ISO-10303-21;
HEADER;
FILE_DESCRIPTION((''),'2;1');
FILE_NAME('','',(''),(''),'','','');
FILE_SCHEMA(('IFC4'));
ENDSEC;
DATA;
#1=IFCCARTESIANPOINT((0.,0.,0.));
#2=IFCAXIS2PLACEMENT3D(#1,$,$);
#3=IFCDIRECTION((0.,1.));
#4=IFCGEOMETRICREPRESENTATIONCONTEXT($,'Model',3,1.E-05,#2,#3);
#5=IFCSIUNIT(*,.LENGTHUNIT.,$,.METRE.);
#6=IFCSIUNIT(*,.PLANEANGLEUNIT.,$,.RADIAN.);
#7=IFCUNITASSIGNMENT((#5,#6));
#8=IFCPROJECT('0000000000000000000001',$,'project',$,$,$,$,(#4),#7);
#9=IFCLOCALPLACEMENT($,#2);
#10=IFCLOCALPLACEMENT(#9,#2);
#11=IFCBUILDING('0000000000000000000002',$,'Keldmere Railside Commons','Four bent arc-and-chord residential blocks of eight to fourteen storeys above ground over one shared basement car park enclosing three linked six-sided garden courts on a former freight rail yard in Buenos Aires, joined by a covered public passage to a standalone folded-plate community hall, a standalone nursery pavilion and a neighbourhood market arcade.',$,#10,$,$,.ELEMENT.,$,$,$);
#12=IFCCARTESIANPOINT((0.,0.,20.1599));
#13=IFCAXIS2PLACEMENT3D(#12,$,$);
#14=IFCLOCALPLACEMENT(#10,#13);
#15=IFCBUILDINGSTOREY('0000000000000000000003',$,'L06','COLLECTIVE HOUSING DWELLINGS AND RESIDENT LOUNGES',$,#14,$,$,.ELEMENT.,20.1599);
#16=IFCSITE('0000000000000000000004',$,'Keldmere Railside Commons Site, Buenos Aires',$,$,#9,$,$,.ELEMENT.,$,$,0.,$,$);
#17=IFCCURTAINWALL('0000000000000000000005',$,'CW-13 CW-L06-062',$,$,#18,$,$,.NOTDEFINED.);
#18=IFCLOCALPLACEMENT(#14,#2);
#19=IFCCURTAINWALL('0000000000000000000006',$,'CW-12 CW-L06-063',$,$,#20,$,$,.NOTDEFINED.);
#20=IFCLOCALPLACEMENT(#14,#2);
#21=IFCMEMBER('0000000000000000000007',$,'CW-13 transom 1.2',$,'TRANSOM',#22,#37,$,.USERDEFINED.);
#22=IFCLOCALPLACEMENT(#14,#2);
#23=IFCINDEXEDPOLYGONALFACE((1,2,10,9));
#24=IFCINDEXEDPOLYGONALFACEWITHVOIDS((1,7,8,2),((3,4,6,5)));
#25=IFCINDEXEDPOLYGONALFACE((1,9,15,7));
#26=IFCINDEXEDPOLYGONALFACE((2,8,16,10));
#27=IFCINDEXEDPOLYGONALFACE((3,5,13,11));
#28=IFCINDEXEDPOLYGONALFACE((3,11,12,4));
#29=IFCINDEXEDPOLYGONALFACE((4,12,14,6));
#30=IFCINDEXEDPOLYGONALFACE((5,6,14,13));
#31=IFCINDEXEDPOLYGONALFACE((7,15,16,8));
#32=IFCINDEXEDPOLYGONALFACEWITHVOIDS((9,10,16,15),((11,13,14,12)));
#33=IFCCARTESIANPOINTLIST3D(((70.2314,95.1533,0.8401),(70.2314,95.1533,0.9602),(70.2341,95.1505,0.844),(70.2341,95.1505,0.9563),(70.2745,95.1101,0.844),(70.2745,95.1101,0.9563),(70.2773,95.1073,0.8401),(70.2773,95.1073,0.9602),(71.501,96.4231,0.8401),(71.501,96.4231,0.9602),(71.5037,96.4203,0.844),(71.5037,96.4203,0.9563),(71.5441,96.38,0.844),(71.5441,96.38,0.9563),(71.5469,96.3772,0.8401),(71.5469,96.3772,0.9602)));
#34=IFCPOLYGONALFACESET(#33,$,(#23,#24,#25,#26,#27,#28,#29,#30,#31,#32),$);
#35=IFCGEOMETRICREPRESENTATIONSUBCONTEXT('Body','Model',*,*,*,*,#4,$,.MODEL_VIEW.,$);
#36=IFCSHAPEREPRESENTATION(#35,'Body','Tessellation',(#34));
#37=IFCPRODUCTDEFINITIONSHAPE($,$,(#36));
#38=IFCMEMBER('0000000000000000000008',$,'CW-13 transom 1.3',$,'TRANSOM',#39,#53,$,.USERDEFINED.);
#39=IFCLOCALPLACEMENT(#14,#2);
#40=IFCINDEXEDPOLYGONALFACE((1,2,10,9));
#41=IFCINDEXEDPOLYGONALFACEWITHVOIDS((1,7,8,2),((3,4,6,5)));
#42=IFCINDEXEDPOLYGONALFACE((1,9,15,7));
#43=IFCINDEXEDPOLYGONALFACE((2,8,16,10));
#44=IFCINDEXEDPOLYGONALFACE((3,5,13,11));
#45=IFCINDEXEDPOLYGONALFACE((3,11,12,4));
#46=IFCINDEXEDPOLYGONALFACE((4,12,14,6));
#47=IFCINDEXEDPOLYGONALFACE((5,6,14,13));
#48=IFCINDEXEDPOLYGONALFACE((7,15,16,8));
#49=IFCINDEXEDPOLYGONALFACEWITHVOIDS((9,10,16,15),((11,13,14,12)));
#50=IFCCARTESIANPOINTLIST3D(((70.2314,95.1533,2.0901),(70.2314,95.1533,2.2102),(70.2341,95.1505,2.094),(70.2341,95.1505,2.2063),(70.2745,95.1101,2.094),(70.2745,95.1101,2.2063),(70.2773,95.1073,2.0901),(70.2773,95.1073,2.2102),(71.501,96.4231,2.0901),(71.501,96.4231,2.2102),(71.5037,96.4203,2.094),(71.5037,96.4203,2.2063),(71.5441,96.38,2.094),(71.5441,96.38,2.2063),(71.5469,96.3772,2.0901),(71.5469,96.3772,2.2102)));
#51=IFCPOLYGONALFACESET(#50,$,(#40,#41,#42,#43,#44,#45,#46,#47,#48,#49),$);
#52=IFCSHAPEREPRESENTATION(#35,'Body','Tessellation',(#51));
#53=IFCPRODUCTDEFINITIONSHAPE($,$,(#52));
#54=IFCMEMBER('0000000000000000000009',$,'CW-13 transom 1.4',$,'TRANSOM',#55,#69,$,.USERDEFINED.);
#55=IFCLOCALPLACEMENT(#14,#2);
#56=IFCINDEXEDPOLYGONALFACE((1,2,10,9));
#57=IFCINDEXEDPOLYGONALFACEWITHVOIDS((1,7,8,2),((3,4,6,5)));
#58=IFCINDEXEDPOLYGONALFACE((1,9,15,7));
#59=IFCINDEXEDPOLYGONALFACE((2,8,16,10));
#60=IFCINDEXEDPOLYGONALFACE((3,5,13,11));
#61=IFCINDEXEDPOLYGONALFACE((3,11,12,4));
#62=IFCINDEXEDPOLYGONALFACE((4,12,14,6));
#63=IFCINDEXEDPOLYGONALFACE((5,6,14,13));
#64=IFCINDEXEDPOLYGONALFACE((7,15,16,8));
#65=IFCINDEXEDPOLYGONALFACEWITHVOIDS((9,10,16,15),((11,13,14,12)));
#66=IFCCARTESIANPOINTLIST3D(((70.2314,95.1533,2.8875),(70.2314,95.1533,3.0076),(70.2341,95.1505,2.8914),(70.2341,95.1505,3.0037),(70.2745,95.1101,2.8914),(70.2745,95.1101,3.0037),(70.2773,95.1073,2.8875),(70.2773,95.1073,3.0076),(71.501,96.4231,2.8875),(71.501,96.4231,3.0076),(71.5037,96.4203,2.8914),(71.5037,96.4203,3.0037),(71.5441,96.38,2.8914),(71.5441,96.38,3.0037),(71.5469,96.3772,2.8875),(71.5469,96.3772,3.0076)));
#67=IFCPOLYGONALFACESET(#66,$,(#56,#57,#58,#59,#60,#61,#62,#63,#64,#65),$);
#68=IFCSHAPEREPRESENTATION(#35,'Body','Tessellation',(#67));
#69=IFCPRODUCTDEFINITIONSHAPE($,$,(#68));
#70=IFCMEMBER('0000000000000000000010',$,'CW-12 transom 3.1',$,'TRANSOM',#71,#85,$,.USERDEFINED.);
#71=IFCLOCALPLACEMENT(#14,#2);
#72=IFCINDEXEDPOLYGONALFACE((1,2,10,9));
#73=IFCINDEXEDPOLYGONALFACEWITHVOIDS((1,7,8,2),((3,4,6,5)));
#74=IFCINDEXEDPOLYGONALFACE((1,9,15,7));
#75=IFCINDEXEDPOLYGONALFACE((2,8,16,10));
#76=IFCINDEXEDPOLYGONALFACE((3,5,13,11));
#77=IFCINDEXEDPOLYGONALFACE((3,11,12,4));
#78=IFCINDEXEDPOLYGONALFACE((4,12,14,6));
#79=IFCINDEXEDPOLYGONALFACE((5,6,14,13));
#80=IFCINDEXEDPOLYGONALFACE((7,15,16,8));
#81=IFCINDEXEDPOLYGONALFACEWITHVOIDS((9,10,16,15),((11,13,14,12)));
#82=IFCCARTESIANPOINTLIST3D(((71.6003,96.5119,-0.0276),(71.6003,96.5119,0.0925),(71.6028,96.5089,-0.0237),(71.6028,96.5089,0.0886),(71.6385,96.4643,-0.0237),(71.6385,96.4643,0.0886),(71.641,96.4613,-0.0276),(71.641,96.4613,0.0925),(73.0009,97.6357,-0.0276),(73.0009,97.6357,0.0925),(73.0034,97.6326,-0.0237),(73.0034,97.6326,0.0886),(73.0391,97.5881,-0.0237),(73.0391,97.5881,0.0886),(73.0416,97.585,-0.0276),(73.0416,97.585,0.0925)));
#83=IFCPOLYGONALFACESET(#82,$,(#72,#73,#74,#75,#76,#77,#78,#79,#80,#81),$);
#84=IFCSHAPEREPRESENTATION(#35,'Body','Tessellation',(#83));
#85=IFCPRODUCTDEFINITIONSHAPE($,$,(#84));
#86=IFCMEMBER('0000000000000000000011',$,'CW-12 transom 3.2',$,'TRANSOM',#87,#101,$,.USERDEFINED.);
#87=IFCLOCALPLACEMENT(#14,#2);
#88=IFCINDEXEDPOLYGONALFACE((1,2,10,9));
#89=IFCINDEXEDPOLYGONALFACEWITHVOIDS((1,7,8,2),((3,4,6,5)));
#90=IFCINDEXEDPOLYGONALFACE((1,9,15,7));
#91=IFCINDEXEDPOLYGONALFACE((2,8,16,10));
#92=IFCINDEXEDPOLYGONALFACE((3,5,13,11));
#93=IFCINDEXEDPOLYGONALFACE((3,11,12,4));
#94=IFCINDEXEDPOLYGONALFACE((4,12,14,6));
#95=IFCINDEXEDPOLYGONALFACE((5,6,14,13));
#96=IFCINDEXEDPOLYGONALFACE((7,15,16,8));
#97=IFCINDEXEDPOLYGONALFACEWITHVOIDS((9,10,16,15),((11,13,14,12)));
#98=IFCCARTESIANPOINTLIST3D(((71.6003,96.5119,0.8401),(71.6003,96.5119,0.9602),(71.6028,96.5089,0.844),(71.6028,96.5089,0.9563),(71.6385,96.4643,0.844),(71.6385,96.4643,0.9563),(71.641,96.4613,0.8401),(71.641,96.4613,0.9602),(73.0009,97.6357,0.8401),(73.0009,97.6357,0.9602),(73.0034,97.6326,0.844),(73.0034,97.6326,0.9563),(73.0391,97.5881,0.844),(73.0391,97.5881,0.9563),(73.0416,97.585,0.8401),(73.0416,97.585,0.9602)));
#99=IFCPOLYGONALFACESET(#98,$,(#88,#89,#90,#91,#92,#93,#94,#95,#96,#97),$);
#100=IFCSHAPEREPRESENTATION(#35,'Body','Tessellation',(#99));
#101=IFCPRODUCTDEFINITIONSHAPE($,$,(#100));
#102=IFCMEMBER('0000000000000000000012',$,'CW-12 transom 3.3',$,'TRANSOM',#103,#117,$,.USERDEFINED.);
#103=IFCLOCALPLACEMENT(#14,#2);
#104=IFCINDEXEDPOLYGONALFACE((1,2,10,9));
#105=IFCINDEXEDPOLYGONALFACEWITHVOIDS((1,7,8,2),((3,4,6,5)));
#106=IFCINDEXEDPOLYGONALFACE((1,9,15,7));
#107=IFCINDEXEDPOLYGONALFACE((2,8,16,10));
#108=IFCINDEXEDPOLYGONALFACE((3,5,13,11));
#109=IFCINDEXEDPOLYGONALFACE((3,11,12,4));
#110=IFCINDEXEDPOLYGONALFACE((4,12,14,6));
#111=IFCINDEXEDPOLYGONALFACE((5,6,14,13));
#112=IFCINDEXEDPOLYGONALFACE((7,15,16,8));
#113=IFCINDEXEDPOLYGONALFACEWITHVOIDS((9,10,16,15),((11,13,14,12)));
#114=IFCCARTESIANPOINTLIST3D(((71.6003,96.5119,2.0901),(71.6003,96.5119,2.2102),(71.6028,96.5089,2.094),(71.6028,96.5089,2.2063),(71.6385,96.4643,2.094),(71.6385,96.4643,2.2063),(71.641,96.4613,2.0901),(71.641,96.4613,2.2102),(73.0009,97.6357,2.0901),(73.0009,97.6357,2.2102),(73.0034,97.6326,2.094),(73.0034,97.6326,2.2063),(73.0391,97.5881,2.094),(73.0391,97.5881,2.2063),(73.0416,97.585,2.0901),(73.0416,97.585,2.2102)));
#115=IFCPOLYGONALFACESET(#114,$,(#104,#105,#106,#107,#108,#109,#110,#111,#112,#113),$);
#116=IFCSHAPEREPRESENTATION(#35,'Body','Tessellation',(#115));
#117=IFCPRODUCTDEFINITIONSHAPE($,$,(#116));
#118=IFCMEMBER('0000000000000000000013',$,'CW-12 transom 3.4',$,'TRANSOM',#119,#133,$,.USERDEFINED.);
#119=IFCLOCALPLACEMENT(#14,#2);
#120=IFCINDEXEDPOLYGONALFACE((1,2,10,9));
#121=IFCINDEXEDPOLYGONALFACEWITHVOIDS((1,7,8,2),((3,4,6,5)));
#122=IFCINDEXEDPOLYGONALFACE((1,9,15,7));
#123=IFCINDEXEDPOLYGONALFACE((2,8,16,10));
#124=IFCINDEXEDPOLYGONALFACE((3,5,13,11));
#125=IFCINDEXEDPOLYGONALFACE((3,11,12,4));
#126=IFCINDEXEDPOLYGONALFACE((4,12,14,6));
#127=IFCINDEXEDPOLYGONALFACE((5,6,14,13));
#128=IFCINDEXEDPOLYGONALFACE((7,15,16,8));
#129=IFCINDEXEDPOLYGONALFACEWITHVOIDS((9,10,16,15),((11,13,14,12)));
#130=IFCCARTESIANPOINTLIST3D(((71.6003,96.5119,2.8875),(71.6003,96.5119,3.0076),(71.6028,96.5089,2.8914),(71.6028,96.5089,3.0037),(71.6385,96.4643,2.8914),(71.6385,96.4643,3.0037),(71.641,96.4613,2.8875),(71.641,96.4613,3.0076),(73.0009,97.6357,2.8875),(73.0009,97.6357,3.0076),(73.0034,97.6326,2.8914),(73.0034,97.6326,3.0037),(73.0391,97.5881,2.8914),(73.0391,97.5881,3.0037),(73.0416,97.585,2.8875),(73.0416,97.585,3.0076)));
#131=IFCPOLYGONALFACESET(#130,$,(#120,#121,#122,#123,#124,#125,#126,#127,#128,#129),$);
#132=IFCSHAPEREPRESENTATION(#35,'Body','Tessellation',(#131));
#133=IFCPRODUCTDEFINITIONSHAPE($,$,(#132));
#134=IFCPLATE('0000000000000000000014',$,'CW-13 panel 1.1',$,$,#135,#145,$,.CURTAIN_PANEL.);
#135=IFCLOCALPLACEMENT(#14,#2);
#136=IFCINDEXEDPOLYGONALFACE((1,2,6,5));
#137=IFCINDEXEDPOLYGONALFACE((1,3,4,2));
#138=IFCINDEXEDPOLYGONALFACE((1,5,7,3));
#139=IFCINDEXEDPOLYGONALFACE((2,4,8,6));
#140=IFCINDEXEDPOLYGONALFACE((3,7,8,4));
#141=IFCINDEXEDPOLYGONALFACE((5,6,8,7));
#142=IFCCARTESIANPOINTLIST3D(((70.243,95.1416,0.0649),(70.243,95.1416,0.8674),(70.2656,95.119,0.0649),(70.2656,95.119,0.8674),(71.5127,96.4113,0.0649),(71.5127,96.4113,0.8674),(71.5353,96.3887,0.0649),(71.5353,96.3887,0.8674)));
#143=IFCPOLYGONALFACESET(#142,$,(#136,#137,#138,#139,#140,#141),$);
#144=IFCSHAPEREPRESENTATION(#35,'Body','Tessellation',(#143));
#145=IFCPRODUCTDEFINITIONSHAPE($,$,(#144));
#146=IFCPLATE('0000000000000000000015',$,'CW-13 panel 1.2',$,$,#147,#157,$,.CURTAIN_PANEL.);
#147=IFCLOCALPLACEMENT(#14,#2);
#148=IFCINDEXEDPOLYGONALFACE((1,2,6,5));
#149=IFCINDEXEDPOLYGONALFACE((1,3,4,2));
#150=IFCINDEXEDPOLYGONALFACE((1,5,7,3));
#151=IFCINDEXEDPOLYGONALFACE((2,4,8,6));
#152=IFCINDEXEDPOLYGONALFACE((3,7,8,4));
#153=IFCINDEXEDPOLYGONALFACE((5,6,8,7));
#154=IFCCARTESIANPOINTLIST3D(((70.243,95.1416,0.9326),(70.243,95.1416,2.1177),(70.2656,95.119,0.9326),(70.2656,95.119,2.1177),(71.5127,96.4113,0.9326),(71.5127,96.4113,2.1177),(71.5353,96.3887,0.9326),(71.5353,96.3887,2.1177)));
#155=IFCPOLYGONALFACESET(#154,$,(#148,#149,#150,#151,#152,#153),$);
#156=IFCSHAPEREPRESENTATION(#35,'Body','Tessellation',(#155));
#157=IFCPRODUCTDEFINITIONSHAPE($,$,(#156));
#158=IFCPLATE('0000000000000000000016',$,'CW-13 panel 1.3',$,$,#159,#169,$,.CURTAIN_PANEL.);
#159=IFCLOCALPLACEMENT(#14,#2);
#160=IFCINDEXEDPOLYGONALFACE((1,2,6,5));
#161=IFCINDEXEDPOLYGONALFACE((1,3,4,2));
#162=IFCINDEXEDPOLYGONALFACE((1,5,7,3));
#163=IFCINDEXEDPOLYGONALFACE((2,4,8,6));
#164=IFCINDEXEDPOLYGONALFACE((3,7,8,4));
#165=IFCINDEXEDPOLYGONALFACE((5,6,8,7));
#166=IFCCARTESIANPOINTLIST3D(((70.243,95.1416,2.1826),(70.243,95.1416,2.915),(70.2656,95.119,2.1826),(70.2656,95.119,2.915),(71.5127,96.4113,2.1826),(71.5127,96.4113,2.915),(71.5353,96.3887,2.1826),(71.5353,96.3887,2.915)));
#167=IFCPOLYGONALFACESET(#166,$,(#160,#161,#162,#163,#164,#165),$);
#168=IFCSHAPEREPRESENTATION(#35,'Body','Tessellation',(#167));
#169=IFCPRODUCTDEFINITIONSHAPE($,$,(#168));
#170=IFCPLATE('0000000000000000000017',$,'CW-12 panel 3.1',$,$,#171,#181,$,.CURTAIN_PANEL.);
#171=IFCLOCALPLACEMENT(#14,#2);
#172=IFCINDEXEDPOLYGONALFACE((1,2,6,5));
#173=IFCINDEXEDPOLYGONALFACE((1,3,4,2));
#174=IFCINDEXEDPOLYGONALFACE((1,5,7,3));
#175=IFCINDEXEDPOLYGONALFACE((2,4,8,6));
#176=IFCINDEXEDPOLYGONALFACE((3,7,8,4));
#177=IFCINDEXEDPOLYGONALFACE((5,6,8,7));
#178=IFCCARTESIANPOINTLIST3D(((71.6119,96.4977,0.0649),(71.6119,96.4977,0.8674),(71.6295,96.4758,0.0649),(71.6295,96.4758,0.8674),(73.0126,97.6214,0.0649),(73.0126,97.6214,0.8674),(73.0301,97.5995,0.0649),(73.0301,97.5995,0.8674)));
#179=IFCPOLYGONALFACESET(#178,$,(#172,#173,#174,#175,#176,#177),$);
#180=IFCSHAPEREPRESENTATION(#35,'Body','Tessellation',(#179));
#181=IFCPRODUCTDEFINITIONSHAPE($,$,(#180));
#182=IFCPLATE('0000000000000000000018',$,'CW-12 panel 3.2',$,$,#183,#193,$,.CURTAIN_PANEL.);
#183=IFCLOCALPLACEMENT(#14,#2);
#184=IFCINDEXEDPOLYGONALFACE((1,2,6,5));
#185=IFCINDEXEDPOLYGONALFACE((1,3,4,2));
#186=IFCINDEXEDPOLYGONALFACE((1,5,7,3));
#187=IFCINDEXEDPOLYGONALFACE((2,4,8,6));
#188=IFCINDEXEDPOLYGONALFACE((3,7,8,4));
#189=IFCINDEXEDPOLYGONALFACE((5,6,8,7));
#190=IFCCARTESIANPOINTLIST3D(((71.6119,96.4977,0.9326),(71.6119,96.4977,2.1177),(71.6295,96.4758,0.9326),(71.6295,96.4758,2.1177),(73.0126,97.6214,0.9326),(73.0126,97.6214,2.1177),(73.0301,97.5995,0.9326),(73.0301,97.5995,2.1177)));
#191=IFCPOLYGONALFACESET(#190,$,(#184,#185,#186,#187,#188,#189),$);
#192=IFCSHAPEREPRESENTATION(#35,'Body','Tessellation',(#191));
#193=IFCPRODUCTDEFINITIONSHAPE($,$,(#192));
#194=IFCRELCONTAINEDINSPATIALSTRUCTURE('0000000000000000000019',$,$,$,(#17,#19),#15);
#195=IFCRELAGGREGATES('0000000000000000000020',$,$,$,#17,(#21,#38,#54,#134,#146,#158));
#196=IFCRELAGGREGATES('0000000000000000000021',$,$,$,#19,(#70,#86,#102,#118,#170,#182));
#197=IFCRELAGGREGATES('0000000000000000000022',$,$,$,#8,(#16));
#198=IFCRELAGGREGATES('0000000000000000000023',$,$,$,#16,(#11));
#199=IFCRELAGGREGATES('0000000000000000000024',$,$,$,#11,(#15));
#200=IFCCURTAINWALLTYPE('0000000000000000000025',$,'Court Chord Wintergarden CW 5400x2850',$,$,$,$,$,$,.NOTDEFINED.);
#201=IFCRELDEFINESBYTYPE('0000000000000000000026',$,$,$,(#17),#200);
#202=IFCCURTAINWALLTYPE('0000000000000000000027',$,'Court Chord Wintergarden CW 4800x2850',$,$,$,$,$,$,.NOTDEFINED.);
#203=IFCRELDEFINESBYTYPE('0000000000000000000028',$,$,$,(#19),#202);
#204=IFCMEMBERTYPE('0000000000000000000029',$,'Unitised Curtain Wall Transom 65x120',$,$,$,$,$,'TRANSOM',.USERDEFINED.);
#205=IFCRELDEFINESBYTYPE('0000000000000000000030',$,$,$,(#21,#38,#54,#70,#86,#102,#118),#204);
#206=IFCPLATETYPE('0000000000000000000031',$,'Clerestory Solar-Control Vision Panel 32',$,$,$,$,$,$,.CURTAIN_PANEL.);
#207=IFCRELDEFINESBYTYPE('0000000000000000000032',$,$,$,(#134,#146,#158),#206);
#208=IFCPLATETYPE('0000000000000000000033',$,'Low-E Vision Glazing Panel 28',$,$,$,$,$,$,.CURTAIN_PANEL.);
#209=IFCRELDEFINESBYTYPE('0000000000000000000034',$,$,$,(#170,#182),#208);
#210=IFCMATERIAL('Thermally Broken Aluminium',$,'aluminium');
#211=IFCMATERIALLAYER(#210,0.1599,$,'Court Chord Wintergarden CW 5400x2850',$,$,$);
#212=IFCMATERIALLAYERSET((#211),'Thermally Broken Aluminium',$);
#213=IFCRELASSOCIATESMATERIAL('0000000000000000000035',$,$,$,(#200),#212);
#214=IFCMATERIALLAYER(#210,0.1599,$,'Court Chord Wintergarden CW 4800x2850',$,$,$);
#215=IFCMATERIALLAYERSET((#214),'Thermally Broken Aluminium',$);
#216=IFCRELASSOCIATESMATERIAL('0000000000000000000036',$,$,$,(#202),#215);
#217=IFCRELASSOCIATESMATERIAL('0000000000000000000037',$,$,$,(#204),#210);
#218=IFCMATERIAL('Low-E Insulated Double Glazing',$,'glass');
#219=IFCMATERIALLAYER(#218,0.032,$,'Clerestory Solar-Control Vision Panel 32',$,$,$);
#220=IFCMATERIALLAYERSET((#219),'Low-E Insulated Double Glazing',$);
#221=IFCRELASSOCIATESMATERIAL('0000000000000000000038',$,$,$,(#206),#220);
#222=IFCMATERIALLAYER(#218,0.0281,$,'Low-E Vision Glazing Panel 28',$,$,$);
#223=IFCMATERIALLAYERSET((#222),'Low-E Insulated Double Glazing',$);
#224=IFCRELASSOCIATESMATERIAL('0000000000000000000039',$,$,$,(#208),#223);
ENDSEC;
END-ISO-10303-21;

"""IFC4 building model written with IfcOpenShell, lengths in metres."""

from ifc_helpers import new_model, si_unit, direction, frame, origin, origin_2d, place, context, subcontext, project, spatial, rectangle, hollow_rectangle, extrude, material, layer, layer_set, material_profile, profile_set, type_object, element, aggregate, save


model = new_model("IFC4")

# Units and contexts
model_context = context("Model", 3, precision=1e-05, world=origin(), true_north=direction((0.0, 1.0)))
body_context = subcontext(model_context, "Body", "Model", "MODEL_VIEW")
ifc_project = project(units=[si_unit("LENGTHUNIT", "METRE"), si_unit("PLANEANGLEUNIT", "RADIAN")], contexts=[model_context])

# Site, building, storey
site_placement = place(None, origin())
site = spatial("IfcSite", under=ifc_project, at=site_placement, Name="Keldmere Railside Commons Site, Buenos Aires", CompositionType="ELEMENT", RefElevation=0.0)
building_placement = place(site_placement, origin())
building = spatial("IfcBuilding", under=site, at=building_placement, Name="Keldmere Railside Commons", Description="Four bent arc-and-chord residential blocks of eight to fourteen storeys above ground over one shared basement car park enclosing three linked six-sided garden courts on a former freight rail yard in Buenos Aires, joined by a covered public passage to a standalone folded-plate community hall, a standalone nursery pavilion and a neighbourhood market arcade.", CompositionType="ELEMENT")
storey_placement = place(building_placement, frame((0.0, 0.0, 20.1599)))
storey = spatial("IfcBuildingStorey", under=building, at=storey_placement, Name="L06", Description="COLLECTIVE HOUSING DWELLINGS AND RESIDENT LOUNGES", CompositionType="ELEMENT", Elevation=20.1599)

# Curtain wall
ifc_material_1 = material(Name="Thermally Broken Aluminium", Category="aluminium")
ifc_layer_1 = layer(ifc_material_1, 0.1599, Name="Court Chord Wintergarden CW 5400x2850")
ifc_layer_set_1 = layer_set([ifc_layer_1], Name="Thermally Broken Aluminium")
curtain_wall_type_1 = type_object("IfcCurtainWallType", Name="Court Chord Wintergarden CW 5400x2850", PredefinedType="NOTDEFINED", material=ifc_layer_set_1)
curtain_wall_1_placement = place(storey_placement, origin())
curtain_wall_1 = element("IfcCurtainWall", 1, at=curtain_wall_1_placement, inside=storey, type_object=curtain_wall_type_1, Name="CW-13 CW-L06-062", PredefinedType="NOTDEFINED")

# Curtain wall
ifc_layer_2 = layer(ifc_material_1, 0.1599, Name="Court Chord Wintergarden CW 4800x2850")
ifc_layer_set_2 = layer_set([ifc_layer_2], Name="Thermally Broken Aluminium")
curtain_wall_type_2 = type_object("IfcCurtainWallType", Name="Court Chord Wintergarden CW 4800x2850", PredefinedType="NOTDEFINED", material=ifc_layer_set_2)
curtain_wall_2_placement = place(storey_placement, origin())
curtain_wall_2 = element("IfcCurtainWall", 2, at=curtain_wall_2_placement, inside=storey, type_object=curtain_wall_type_2, Name="CW-12 CW-L06-063", PredefinedType="NOTDEFINED")

# Members
ifc_material_profile_1 = material_profile(ifc_material_1, hollow_rectangle(XDim=0.0649, YDim=0.1201, WallThickness=0.0039, at=origin_2d()), Name="ALU-TRAN-65x120")
ifc_profile_set_1 = profile_set([ifc_material_profile_1], Name="Thermally Broken Aluminium")
member_type_1 = type_object("IfcMemberType", Name="Unitised Curtain Wall Transom 65x120", ElementType="TRANSOM", PredefinedType="USERDEFINED", material=ifc_profile_set_1)
member_1_placement = place(storey_placement, frame((71.5239, 96.4001, 0.9001), z_axis=(-0.707039, -0.707175, 0.0), x_axis=(0.707175, -0.707039, 0.0)))
member_1 = element("IfcMember", 3, at=member_1_placement, type_object=member_type_1, Name="CW-13 transom 1.2", ObjectType="TRANSOM", PredefinedType="USERDEFINED", context=body_context, shape_type="SweptSolid", body=[
    extrude(hollow_rectangle(XDim=0.0649, YDim=0.1201, WallThickness=0.0039, at=origin_2d()), origin(), (0.0, 0.0, 1.0), 1.7957),
])
member_2_placement = place(storey_placement, frame((71.5239, 96.4001, 2.1501), z_axis=(-0.707039, -0.707175, 0.0), x_axis=(0.707175, -0.707039, 0.0)))
member_2 = element("IfcMember", 4, at=member_2_placement, type_object=member_type_1, Name="CW-13 transom 1.3", ObjectType="TRANSOM", PredefinedType="USERDEFINED", context=body_context, shape_type="SweptSolid", body=[
    extrude(hollow_rectangle(XDim=0.0649, YDim=0.1201, WallThickness=0.0039, at=origin_2d()), origin(), (0.0, 0.0, 1.0), 1.7957),
])
member_3_placement = place(storey_placement, frame((71.5239, 96.4001, 2.9475), z_axis=(-0.707039, -0.707175, 0.0), x_axis=(0.707175, -0.707039, 0.0)))
member_3 = element("IfcMember", 5, at=member_3_placement, type_object=member_type_1, Name="CW-13 transom 1.4", ObjectType="TRANSOM", PredefinedType="USERDEFINED", context=body_context, shape_type="SweptSolid", body=[
    extrude(hollow_rectangle(XDim=0.0649, YDim=0.1201, WallThickness=0.0039, at=origin_2d()), origin(), (0.0, 0.0, 1.0), 1.7957),
])
member_4_placement = place(storey_placement, frame((73.0212, 97.6104, 0.0325), z_axis=(-0.779979, -0.625805, 0.0), x_axis=(0.625805, -0.779979, 0.0)))
member_4 = element("IfcMember", 6, at=member_4_placement, type_object=member_type_1, Name="CW-12 transom 3.1", ObjectType="TRANSOM", PredefinedType="USERDEFINED", context=body_context, shape_type="SweptSolid", body=[
    extrude(hollow_rectangle(XDim=0.0649, YDim=0.1201, WallThickness=0.0039, at=origin_2d()), origin(), (0.0, 0.0, 1.0), 1.7957),
])
member_5_placement = place(storey_placement, frame((73.0212, 97.6104, 0.9001), z_axis=(-0.779979, -0.625805, 0.0), x_axis=(0.625805, -0.779979, 0.0)))
member_5 = element("IfcMember", 7, at=member_5_placement, type_object=member_type_1, Name="CW-12 transom 3.2", ObjectType="TRANSOM", PredefinedType="USERDEFINED", context=body_context, shape_type="SweptSolid", body=[
    extrude(hollow_rectangle(XDim=0.0649, YDim=0.1201, WallThickness=0.0039, at=origin_2d()), origin(), (0.0, 0.0, 1.0), 1.7957),
])
member_6_placement = place(storey_placement, frame((73.0212, 97.6104, 2.1501), z_axis=(-0.779979, -0.625805, 0.0), x_axis=(0.625805, -0.779979, 0.0)))
member_6 = element("IfcMember", 8, at=member_6_placement, type_object=member_type_1, Name="CW-12 transom 3.3", ObjectType="TRANSOM", PredefinedType="USERDEFINED", context=body_context, shape_type="SweptSolid", body=[
    extrude(hollow_rectangle(XDim=0.0649, YDim=0.1201, WallThickness=0.0039, at=origin_2d()), origin(), (0.0, 0.0, 1.0), 1.7957),
])
member_7_placement = place(storey_placement, frame((73.0212, 97.6104, 2.9475), z_axis=(-0.779979, -0.625805, 0.0), x_axis=(0.625805, -0.779979, 0.0)))
member_7 = element("IfcMember", 9, at=member_7_placement, type_object=member_type_1, Name="CW-12 transom 3.4", ObjectType="TRANSOM", PredefinedType="USERDEFINED", context=body_context, shape_type="SweptSolid", body=[
    extrude(hollow_rectangle(XDim=0.0649, YDim=0.1201, WallThickness=0.0039, at=origin_2d()), origin(), (0.0, 0.0, 1.0), 1.7957),
])

# Plates
ifc_material_2 = material(Name="Low-E Insulated Double Glazing", Category="glass")
ifc_layer_3 = layer(ifc_material_2, 0.032, Name="Clerestory Solar-Control Vision Panel 32")
ifc_layer_set_3 = layer_set([ifc_layer_3], Name="Low-E Insulated Double Glazing")
plate_type_1 = type_object("IfcPlateType", Name="Clerestory Solar-Control Vision Panel 32", PredefinedType="CURTAIN_PANEL", material=ifc_layer_set_3)
plate_1_placement = place(storey_placement, frame((70.8892, 95.7651, 0.0649), z_axis=(0.0, 0.0, 1.0), x_axis=(-0.707107, -0.707107, 0.0)))
plate_1 = element("IfcPlate", 10, at=plate_1_placement, type_object=plate_type_1, Name="CW-13 panel 1.1", PredefinedType="CURTAIN_PANEL", context=body_context, shape_type="SweptSolid", body=[
    extrude(rectangle(XDim=1.7957, YDim=0.032, at=origin_2d()), origin(), (0.0, 0.0, 1.0), 0.8025),
])
plate_2_placement = place(storey_placement, frame((70.8892, 95.7651, 0.9326), z_axis=(0.0, 0.0, 1.0), x_axis=(-0.707107, -0.707107, 0.0)))
plate_2 = element("IfcPlate", 11, at=plate_2_placement, type_object=plate_type_1, Name="CW-13 panel 1.2", PredefinedType="CURTAIN_PANEL", context=body_context, shape_type="SweptSolid", body=[
    extrude(rectangle(XDim=1.7957, YDim=0.032, at=origin_2d()), origin(), (0.0, 0.0, 1.0), 1.1851),
])
plate_3_placement = place(storey_placement, frame((70.8892, 95.7651, 2.1826), z_axis=(0.0, 0.0, 1.0), x_axis=(-0.707107, -0.707107, 0.0)))
plate_3 = element("IfcPlate", 12, at=plate_3_placement, type_object=plate_type_1, Name="CW-13 panel 1.3", PredefinedType="CURTAIN_PANEL", context=body_context, shape_type="SweptSolid", body=[
    extrude(rectangle(XDim=1.7957, YDim=0.032, at=origin_2d()), origin(), (0.0, 0.0, 1.0), 0.7324),
])
aggregate(curtain_wall_1, [member_1, member_2, member_3, plate_1, plate_2, plate_3])
ifc_layer_4 = layer(ifc_material_2, 0.0281, Name="Low-E Vision Glazing Panel 28")
ifc_layer_set_4 = layer_set([ifc_layer_4], Name="Low-E Insulated Double Glazing")
plate_type_2 = type_object("IfcPlateType", Name="Low-E Vision Glazing Panel 28", PredefinedType="CURTAIN_PANEL", material=ifc_layer_set_4)
plate_4_placement = place(storey_placement, frame((72.321, 97.0486, 0.0649), z_axis=(0.0, 0.0, 1.0), x_axis=(-0.780009, -0.625768, 0.0)))
plate_4 = element("IfcPlate", 13, at=plate_4_placement, type_object=plate_type_2, Name="CW-12 panel 3.1", PredefinedType="CURTAIN_PANEL", context=body_context, shape_type="SweptSolid", body=[
    extrude(rectangle(XDim=1.7957, YDim=0.0281, at=origin_2d()), origin(), (0.0, 0.0, 1.0), 0.8025),
])
plate_5_placement = place(storey_placement, frame((72.321, 97.0486, 0.9326), z_axis=(0.0, 0.0, 1.0), x_axis=(-0.780009, -0.625768, 0.0)))
plate_5 = element("IfcPlate", 14, at=plate_5_placement, type_object=plate_type_2, Name="CW-12 panel 3.2", PredefinedType="CURTAIN_PANEL", context=body_context, shape_type="SweptSolid", body=[
    extrude(rectangle(XDim=1.7957, YDim=0.0281, at=origin_2d()), origin(), (0.0, 0.0, 1.0), 1.1851),
])
aggregate(curtain_wall_2, [member_4, member_5, member_6, member_7, plate_4, plate_5])

save(model, "model.ifc")
